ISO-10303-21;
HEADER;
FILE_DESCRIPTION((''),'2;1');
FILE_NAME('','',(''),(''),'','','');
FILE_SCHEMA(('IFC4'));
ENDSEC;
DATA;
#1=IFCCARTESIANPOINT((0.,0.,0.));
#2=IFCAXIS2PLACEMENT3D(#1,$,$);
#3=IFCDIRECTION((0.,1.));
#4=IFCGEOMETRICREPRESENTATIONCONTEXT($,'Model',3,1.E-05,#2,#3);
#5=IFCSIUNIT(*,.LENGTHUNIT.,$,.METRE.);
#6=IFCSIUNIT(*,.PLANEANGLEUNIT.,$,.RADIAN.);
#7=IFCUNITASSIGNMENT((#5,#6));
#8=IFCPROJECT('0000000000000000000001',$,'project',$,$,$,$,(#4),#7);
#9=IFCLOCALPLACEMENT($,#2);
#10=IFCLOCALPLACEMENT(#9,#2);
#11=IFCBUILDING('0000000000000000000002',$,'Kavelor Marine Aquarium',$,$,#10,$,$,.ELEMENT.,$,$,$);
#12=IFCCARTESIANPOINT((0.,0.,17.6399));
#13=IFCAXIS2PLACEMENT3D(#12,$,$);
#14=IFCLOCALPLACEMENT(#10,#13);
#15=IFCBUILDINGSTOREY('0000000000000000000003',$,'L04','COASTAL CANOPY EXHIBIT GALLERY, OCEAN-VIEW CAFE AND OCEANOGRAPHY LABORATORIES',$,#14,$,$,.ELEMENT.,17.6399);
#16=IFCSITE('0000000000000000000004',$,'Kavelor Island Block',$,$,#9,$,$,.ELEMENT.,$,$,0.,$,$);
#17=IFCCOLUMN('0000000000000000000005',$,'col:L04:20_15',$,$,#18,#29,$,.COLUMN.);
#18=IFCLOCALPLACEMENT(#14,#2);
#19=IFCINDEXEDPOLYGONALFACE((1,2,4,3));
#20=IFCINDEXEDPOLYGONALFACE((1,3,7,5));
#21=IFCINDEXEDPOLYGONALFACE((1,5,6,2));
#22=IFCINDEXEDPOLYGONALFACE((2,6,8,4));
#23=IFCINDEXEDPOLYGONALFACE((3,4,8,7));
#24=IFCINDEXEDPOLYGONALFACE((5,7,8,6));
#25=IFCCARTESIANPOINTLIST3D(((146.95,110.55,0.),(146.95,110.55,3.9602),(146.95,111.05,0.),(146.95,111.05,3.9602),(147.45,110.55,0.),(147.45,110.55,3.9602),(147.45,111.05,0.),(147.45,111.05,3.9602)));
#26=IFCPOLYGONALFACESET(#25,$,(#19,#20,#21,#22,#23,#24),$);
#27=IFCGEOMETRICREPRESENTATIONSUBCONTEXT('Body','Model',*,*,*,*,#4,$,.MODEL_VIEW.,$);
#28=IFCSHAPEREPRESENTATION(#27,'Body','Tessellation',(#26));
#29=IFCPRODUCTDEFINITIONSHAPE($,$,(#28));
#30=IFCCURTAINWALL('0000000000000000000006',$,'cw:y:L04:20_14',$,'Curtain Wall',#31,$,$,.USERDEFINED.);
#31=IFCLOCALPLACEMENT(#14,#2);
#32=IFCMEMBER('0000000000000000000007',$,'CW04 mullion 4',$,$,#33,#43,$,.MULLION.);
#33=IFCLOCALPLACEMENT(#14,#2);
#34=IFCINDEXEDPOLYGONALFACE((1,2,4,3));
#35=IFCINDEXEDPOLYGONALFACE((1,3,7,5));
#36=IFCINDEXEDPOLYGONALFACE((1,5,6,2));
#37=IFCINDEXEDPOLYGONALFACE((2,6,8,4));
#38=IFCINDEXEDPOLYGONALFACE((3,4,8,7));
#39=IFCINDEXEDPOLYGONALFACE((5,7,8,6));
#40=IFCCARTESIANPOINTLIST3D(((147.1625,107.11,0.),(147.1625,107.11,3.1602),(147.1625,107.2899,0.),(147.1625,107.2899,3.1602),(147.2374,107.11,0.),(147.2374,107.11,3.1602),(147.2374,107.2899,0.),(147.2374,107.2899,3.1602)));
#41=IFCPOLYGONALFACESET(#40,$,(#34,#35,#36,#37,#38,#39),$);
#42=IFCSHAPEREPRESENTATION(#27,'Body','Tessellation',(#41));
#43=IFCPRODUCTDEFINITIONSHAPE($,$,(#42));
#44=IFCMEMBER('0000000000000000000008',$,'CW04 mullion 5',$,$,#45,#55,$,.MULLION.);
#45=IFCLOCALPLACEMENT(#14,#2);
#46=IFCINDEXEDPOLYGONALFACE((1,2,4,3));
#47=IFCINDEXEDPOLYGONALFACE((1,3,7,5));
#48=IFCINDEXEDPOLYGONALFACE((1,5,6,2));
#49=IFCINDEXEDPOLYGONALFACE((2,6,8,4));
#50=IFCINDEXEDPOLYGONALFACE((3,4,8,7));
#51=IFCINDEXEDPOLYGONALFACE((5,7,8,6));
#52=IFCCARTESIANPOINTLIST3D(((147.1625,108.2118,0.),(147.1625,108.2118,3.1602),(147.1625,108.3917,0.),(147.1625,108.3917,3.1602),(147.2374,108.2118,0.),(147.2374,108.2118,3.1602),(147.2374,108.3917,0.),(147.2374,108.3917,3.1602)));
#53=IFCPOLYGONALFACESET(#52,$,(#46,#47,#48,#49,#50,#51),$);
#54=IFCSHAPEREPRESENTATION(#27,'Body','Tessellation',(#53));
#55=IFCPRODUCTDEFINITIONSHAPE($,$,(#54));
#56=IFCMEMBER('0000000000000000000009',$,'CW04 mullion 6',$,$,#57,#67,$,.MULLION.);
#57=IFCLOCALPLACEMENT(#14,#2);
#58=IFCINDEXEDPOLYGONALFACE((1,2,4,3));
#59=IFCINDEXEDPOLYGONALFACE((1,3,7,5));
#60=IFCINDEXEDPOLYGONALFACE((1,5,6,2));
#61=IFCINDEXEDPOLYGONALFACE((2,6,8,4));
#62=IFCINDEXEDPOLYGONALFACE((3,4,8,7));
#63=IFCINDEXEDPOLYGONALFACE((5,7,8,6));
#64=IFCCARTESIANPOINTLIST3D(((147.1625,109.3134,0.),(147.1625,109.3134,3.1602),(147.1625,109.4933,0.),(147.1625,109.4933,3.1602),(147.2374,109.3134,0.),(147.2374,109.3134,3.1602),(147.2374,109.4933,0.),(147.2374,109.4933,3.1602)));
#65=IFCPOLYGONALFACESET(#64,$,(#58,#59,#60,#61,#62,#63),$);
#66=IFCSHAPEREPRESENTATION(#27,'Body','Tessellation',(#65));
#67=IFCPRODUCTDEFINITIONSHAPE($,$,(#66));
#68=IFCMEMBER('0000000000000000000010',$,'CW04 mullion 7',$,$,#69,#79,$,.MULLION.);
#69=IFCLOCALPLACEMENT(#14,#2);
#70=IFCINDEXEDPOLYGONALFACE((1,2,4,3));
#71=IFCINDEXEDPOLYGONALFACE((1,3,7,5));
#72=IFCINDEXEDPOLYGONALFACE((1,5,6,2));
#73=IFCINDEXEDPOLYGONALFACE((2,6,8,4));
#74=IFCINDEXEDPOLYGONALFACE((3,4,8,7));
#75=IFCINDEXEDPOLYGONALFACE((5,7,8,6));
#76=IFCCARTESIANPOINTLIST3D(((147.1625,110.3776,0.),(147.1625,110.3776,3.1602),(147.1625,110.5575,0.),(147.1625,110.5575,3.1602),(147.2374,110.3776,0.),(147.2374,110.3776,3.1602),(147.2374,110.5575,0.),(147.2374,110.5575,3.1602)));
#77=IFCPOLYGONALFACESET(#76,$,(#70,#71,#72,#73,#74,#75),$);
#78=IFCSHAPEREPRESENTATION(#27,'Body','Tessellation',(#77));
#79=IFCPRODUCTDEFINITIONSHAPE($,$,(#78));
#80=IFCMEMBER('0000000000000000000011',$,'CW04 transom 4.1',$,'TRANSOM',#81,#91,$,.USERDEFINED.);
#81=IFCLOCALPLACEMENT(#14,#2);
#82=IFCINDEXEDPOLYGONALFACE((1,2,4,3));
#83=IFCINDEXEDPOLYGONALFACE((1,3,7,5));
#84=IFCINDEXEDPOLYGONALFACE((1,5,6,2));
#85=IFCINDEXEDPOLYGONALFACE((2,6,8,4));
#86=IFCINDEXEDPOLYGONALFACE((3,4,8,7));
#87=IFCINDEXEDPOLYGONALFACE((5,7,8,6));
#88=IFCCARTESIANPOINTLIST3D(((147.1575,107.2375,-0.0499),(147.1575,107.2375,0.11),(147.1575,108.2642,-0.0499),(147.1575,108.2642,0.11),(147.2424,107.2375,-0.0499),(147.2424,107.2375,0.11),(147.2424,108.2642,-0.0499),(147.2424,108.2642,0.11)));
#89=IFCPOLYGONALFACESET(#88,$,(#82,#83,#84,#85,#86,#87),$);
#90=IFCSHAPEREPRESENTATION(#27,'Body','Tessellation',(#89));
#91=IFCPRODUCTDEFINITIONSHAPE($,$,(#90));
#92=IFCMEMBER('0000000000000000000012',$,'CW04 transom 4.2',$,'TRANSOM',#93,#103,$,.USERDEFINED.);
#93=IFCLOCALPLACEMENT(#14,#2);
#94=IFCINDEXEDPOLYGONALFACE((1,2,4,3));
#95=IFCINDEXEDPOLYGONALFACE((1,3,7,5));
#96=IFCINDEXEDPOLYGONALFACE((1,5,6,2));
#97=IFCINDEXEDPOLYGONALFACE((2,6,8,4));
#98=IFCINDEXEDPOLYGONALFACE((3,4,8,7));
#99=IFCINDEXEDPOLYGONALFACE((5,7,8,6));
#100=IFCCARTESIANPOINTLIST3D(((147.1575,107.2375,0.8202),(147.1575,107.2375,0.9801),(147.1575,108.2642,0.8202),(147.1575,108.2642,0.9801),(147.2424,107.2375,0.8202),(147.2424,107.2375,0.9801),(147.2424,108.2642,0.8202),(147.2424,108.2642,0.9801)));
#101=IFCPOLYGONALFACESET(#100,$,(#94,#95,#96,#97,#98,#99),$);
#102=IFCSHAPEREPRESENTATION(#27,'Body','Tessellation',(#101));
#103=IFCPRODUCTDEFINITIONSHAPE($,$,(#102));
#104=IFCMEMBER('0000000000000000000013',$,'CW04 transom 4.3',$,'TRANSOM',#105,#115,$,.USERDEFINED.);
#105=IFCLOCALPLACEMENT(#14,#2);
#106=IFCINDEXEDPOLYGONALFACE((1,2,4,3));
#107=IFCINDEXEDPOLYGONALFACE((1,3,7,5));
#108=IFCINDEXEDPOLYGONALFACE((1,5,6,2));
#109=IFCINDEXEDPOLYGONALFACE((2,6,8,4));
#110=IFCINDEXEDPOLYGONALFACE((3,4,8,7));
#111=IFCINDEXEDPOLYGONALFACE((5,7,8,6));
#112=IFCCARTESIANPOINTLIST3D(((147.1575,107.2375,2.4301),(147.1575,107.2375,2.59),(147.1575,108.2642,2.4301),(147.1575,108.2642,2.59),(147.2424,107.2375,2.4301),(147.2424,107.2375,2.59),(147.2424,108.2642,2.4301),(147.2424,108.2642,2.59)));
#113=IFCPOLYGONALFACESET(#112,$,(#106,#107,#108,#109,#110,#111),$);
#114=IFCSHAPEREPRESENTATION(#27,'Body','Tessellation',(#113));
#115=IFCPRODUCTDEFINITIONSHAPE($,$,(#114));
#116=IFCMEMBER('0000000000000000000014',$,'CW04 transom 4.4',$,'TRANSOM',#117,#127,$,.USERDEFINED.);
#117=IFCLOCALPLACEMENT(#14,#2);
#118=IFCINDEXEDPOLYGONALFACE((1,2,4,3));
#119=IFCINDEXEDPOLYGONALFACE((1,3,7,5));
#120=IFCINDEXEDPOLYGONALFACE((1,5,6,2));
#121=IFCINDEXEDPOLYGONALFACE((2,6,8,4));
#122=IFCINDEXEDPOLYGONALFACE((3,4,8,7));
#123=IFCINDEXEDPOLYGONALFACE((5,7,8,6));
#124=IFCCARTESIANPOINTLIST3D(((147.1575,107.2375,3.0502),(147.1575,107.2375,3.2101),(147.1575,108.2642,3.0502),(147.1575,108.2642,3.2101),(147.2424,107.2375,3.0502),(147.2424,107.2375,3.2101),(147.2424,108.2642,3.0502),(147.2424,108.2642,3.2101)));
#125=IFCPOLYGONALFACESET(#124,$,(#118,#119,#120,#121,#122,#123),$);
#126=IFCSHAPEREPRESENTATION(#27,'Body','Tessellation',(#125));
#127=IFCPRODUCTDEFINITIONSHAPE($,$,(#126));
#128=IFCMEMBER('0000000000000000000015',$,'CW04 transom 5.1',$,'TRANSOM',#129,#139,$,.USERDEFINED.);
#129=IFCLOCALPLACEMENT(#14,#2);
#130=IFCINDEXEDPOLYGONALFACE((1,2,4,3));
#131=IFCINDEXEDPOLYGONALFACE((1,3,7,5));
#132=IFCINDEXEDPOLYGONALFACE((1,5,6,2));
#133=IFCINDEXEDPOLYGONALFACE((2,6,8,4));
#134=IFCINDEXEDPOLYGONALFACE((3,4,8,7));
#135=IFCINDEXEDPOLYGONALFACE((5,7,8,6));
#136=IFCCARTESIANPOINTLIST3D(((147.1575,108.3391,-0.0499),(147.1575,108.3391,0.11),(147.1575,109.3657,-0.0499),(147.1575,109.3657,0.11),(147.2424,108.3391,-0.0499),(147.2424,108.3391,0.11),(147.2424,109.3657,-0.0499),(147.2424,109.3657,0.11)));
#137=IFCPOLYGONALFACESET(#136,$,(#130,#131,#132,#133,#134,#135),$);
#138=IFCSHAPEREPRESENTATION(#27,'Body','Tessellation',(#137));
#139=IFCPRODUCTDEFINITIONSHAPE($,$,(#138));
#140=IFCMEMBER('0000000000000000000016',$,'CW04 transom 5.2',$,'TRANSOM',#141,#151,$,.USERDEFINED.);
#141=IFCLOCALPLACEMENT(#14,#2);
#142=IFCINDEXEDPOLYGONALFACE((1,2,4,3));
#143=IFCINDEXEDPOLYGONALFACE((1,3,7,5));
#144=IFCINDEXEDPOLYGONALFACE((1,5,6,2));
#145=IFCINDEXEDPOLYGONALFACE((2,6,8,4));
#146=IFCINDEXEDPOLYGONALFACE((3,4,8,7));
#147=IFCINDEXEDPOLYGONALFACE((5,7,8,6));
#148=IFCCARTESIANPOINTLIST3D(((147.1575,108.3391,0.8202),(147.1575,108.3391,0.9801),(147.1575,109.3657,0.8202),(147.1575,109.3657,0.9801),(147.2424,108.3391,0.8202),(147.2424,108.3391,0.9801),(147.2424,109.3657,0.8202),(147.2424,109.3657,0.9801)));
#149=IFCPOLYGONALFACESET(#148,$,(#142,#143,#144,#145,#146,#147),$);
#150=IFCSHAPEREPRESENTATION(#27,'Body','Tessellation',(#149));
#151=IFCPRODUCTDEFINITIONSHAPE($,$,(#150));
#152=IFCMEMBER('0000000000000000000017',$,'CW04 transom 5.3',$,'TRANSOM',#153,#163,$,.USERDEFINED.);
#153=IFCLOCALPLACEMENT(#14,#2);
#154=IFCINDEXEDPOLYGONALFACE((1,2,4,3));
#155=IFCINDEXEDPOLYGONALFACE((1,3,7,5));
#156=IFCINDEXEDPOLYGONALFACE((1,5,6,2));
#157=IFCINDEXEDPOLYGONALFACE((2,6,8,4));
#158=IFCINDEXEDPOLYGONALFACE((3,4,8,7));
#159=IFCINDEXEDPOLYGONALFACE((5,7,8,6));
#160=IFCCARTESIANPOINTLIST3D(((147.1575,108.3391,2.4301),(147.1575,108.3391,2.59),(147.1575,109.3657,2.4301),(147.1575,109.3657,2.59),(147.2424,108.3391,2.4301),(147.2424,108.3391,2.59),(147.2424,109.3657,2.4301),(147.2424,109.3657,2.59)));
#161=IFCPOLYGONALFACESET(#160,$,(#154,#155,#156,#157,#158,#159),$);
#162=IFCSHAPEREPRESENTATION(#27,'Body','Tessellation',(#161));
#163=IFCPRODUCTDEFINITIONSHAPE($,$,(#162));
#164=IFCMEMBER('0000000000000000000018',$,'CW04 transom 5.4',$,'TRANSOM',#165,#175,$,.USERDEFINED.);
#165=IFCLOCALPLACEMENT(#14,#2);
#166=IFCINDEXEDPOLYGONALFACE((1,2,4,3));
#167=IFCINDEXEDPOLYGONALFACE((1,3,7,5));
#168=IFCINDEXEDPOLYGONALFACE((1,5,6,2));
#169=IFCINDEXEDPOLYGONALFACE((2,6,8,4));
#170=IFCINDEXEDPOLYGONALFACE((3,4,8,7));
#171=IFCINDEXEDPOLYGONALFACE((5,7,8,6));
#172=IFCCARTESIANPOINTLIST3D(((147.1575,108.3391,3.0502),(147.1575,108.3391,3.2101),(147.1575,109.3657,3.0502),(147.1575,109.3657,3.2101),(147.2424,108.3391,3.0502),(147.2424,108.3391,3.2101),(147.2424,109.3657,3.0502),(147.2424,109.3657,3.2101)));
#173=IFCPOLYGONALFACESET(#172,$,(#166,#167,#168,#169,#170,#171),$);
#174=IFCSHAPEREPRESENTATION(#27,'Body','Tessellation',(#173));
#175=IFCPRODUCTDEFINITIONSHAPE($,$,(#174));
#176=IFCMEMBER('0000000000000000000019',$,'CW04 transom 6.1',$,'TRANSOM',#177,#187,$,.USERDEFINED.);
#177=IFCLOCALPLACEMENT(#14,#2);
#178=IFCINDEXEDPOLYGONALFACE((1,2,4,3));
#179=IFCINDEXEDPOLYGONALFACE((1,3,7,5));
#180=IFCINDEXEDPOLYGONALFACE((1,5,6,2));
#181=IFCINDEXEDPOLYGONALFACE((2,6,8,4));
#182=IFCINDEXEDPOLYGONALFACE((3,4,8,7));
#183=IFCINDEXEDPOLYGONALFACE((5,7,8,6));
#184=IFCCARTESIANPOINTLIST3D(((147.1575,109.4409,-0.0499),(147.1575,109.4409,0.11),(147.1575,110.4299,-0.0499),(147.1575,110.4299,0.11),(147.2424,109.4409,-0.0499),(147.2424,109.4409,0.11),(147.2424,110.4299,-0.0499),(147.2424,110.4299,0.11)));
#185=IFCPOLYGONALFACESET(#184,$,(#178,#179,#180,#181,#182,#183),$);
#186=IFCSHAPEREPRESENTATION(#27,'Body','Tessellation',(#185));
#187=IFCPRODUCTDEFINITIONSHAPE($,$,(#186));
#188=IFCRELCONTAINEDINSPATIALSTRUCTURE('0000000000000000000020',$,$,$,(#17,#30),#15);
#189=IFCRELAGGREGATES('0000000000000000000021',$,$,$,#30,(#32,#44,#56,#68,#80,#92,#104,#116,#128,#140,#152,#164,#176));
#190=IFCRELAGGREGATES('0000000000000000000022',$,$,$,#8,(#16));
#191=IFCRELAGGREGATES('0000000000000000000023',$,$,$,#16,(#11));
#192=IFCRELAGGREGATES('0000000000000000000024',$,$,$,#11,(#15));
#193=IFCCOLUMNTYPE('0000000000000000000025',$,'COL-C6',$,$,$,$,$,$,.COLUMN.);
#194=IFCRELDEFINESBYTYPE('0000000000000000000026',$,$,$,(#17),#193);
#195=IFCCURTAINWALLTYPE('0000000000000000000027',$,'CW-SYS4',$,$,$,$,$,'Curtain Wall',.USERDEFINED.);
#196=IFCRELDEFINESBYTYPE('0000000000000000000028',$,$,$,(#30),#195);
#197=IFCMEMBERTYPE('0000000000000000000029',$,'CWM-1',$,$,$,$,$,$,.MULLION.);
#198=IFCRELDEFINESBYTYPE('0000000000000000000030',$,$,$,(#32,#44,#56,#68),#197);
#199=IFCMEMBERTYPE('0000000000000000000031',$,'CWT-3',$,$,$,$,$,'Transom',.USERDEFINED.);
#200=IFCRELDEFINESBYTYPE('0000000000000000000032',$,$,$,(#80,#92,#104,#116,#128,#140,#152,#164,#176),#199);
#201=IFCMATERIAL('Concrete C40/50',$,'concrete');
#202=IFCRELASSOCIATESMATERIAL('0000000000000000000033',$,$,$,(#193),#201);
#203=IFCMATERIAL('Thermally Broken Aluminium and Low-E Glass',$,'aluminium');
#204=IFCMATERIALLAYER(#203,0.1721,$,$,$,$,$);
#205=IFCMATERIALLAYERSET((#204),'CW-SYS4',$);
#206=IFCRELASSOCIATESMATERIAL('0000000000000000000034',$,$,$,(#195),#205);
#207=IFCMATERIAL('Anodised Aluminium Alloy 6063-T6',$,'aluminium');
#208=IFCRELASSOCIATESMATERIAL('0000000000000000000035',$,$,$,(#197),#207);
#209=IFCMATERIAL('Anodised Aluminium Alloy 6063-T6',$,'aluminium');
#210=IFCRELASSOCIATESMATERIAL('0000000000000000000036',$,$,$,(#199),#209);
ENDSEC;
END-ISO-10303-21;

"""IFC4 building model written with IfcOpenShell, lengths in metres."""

from ifc_helpers import new_model, si_unit, direction, frame, origin, origin_2d, place, context, subcontext, project, spatial, rectangle, extrude, material, layer, layer_set, material_profile, profile_set, type_object, element, aggregate, save


model = new_model("IFC4")

# Units and contexts
model_context = context("Model", 3, precision=1e-05, world=origin(), true_north=direction((0.0, 1.0)))
body_context = subcontext(model_context, "Body", "Model", "MODEL_VIEW")
ifc_project = project(units=[si_unit("LENGTHUNIT", "METRE"), si_unit("PLANEANGLEUNIT", "RADIAN")], contexts=[model_context])

# Site, building, storey
site_placement = place(None, origin())
site = spatial("IfcSite", under=ifc_project, at=site_placement, Name="Kavelor Island Block", CompositionType="ELEMENT", RefElevation=0.0)
building_placement = place(site_placement, origin())
building = spatial("IfcBuilding", under=site, at=building_placement, Name="Kavelor Marine Aquarium", CompositionType="ELEMENT")
storey_placement = place(building_placement, frame((0.0, 0.0, 17.6399)))
storey = spatial("IfcBuildingStorey", under=building, at=storey_placement, Name="L04", Description="COASTAL CANOPY EXHIBIT GALLERY, OCEAN-VIEW CAFE AND OCEANOGRAPHY LABORATORIES", CompositionType="ELEMENT", Elevation=17.6399)

# Column
ifc_material_1 = material(Name="Concrete C40/50", Category="concrete")
ifc_material_profile_1 = material_profile(ifc_material_1, rectangle(XDim=0.5, YDim=0.5, at=origin_2d()), Name="RC-COL 500x500")
ifc_profile_set_1 = profile_set([ifc_material_profile_1], Name="Concrete C40/50")
column_type = type_object("IfcColumnType", Name="COL-C6", PredefinedType="COLUMN", material=ifc_profile_set_1)
column_placement = place(storey_placement, frame((147.2, 110.8, 0.0), z_axis=(0.0, 0.0, 1.0), x_axis=(1.0, 0.0, 0.0)))
element("IfcColumn", 1, at=column_placement, inside=storey, type_object=column_type, Name="col:L04:20_15", PredefinedType="COLUMN", context=body_context, shape_type="SweptSolid", body=[
    extrude(rectangle(XDim=0.5, YDim=0.5, at=origin_2d()), origin(), (0.0, 0.0, 1.0), 3.9602),
])

# Curtain wall, members
ifc_material_2 = material(Name="Thermally Broken Aluminium and Low-E Glass", Category="aluminium")
ifc_layer_1 = layer(ifc_material_2, 0.1721)
ifc_layer_set_1 = layer_set([ifc_layer_1], Name="CW-SYS4")
curtain_wall_type = type_object("IfcCurtainWallType", Name="CW-SYS4", ElementType="Curtain Wall", PredefinedType="USERDEFINED", material=ifc_layer_set_1)
curtain_wall_placement = place(storey_placement, origin())
curtain_wall = element("IfcCurtainWall", 2, at=curtain_wall_placement, inside=storey, type_object=curtain_wall_type, Name="cw:y:L04:20_14", ObjectType="Curtain Wall", PredefinedType="USERDEFINED")
ifc_material_3 = material(Name="Anodised Aluminium Alloy 6063-T6", Category="aluminium")
ifc_material_profile_2 = material_profile(ifc_material_3, rectangle(XDim=0.075, YDim=0.1799, at=origin_2d()), Name="CW-MUL 75x180")
ifc_profile_set_2 = profile_set([ifc_material_profile_2], Name="Anodised Aluminium Alloy 6063-T6")
member_type_1 = type_object("IfcMemberType", Name="CWM-1", PredefinedType="MULLION", material=ifc_profile_set_2)
member_1_placement = place(storey_placement, frame((147.2, 107.2, 0.0), z_axis=(0.0, 0.0, 1.0), x_axis=(-1.0, 0.0, 0.0)))
member_1 = element("IfcMember", 3, at=member_1_placement, type_object=member_type_1, Name="CW04 mullion 4", PredefinedType="MULLION", context=body_context, shape_type="SweptSolid", body=[
    extrude(rectangle(XDim=0.075, YDim=0.1799, at=origin_2d()), origin(), (0.0, 0.0, 1.0), 3.1602),
])
member_2_placement = place(storey_placement, frame((147.2, 108.3018, 0.0), z_axis=(0.0, 0.0, 1.0), x_axis=(-1.0, 0.0, 0.0)))
member_2 = element("IfcMember", 4, at=member_2_placement, type_object=member_type_1, Name="CW04 mullion 5", PredefinedType="MULLION", context=body_context, shape_type="SweptSolid", body=[
    extrude(rectangle(XDim=0.075, YDim=0.1799, at=origin_2d()), origin(), (0.0, 0.0, 1.0), 3.1602),
])
member_3_placement = place(storey_placement, frame((147.2, 109.4033, 0.0), z_axis=(0.0, 0.0, 1.0), x_axis=(-1.0, 0.0, 0.0)))
member_3 = element("IfcMember", 5, at=member_3_placement, type_object=member_type_1, Name="CW04 mullion 6", PredefinedType="MULLION", context=body_context, shape_type="SweptSolid", body=[
    extrude(rectangle(XDim=0.075, YDim=0.1799, at=origin_2d()), origin(), (0.0, 0.0, 1.0), 3.1602),
])
member_4_placement = place(storey_placement, frame((147.2, 110.4675, 0.0), z_axis=(0.0, 0.0, 1.0), x_axis=(-1.0, 0.0, 0.0)))
member_4 = element("IfcMember", 6, at=member_4_placement, type_object=member_type_1, Name="CW04 mullion 7", PredefinedType="MULLION", context=body_context, shape_type="SweptSolid", body=[
    extrude(rectangle(XDim=0.075, YDim=0.1799, at=origin_2d()), origin(), (0.0, 0.0, 1.0), 3.1602),
])
ifc_material_4 = material(Name="Anodised Aluminium Alloy 6063-T6", Category="aluminium")
ifc_material_profile_3 = material_profile(ifc_material_4, rectangle(XDim=0.085, YDim=0.1599, at=origin_2d()), Name="CW-TRN 85x160")
ifc_profile_set_3 = profile_set([ifc_material_profile_3], Name="Anodised Aluminium Alloy 6063-T6")
member_type_2 = type_object("IfcMemberType", Name="CWT-3", ElementType="Transom", PredefinedType="USERDEFINED", material=ifc_profile_set_3)
member_5_placement = place(storey_placement, frame((147.2, 107.2375, 0.03), z_axis=(0.0, 1.0, 0.0), x_axis=(-1.0, 0.0, 0.0)))
member_5 = element("IfcMember", 7, at=member_5_placement, type_object=member_type_2, Name="CW04 transom 4.1", ObjectType="TRANSOM", PredefinedType="USERDEFINED", context=body_context, shape_type="SweptSolid", body=[
    extrude(rectangle(XDim=0.085, YDim=0.1599, at=origin_2d()), origin(), (0.0, 0.0, 1.0), 1.0266),
])
member_6_placement = place(storey_placement, frame((147.2, 107.2375, 0.9001), z_axis=(0.0, 1.0, 0.0), x_axis=(-1.0, 0.0, 0.0)))
member_6 = element("IfcMember", 8, at=member_6_placement, type_object=member_type_2, Name="CW04 transom 4.2", ObjectType="TRANSOM", PredefinedType="USERDEFINED", context=body_context, shape_type="SweptSolid", body=[
    extrude(rectangle(XDim=0.085, YDim=0.1599, at=origin_2d()), origin(), (0.0, 0.0, 1.0), 1.0266),
])
member_7_placement = place(storey_placement, frame((147.2, 107.2375, 2.51), z_axis=(0.0, 1.0, 0.0), x_axis=(-1.0, 0.0, 0.0)))
member_7 = element("IfcMember", 9, at=member_7_placement, type_object=member_type_2, Name="CW04 transom 4.3", ObjectType="TRANSOM", PredefinedType="USERDEFINED", context=body_context, shape_type="SweptSolid", body=[
    extrude(rectangle(XDim=0.085, YDim=0.1599, at=origin_2d()), origin(), (0.0, 0.0, 1.0), 1.0266),
])
member_8_placement = place(storey_placement, frame((147.2, 107.2375, 3.1301), z_axis=(0.0, 1.0, 0.0), x_axis=(-1.0, 0.0, 0.0)))
member_8 = element("IfcMember", 10, at=member_8_placement, type_object=member_type_2, Name="CW04 transom 4.4", ObjectType="TRANSOM", PredefinedType="USERDEFINED", context=body_context, shape_type="SweptSolid", body=[
    extrude(rectangle(XDim=0.085, YDim=0.1599, at=origin_2d()), origin(), (0.0, 0.0, 1.0), 1.0266),
])
member_9_placement = place(storey_placement, frame((147.2, 108.3391, 0.03), z_axis=(0.0, 1.0, 0.0), x_axis=(-1.0, 0.0, 0.0)))
member_9 = element("IfcMember", 11, at=member_9_placement, type_object=member_type_2, Name="CW04 transom 5.1", ObjectType="TRANSOM", PredefinedType="USERDEFINED", context=body_context, shape_type="SweptSolid", body=[
    extrude(rectangle(XDim=0.085, YDim=0.1599, at=origin_2d()), origin(), (0.0, 0.0, 1.0), 1.0266),
])
member_10_placement = place(storey_placement, frame((147.2, 108.3391, 0.9001), z_axis=(0.0, 1.0, 0.0), x_axis=(-1.0, 0.0, 0.0)))
member_10 = element("IfcMember", 12, at=member_10_placement, type_object=member_type_2, Name="CW04 transom 5.2", ObjectType="TRANSOM", PredefinedType="USERDEFINED", context=body_context, shape_type="SweptSolid", body=[
    extrude(rectangle(XDim=0.085, YDim=0.1599, at=origin_2d()), origin(), (0.0, 0.0, 1.0), 1.0266),
])
member_11_placement = place(storey_placement, frame((147.2, 108.3391, 2.51), z_axis=(0.0, 1.0, 0.0), x_axis=(-1.0, 0.0, 0.0)))
member_11 = element("IfcMember", 13, at=member_11_placement, type_object=member_type_2, Name="CW04 transom 5.3", ObjectType="TRANSOM", PredefinedType="USERDEFINED", context=body_context, shape_type="SweptSolid", body=[
    extrude(rectangle(XDim=0.085, YDim=0.1599, at=origin_2d()), origin(), (0.0, 0.0, 1.0), 1.0266),
])
member_12_placement = place(storey_placement, frame((147.2, 108.3391, 3.1301), z_axis=(0.0, 1.0, 0.0), x_axis=(-1.0, 0.0, 0.0)))
member_12 = element("IfcMember", 14, at=member_12_placement, type_object=member_type_2, Name="CW04 transom 5.4", ObjectType="TRANSOM", PredefinedType="USERDEFINED", context=body_context, shape_type="SweptSolid", body=[
    extrude(rectangle(XDim=0.085, YDim=0.1599, at=origin_2d()), origin(), (0.0, 0.0, 1.0), 1.0266),
])
member_13_placement = place(storey_placement, frame((147.2, 109.4409, 0.03), z_axis=(0.0, 1.0, 0.0), x_axis=(-1.0, 0.0, 0.0)))
member_13 = element("IfcMember", 15, at=member_13_placement, type_object=member_type_2, Name="CW04 transom 6.1", ObjectType="TRANSOM", PredefinedType="USERDEFINED", context=body_context, shape_type="SweptSolid", body=[
    extrude(rectangle(XDim=0.085, YDim=0.1599, at=origin_2d()), origin(), (0.0, 0.0, 1.0), 0.989),
])
aggregate(curtain_wall, [member_1, member_2, member_3, member_4, member_5, member_6, member_7, member_8, member_9, member_10, member_11, member_12, member_13])

save(model, "model.ifc")
